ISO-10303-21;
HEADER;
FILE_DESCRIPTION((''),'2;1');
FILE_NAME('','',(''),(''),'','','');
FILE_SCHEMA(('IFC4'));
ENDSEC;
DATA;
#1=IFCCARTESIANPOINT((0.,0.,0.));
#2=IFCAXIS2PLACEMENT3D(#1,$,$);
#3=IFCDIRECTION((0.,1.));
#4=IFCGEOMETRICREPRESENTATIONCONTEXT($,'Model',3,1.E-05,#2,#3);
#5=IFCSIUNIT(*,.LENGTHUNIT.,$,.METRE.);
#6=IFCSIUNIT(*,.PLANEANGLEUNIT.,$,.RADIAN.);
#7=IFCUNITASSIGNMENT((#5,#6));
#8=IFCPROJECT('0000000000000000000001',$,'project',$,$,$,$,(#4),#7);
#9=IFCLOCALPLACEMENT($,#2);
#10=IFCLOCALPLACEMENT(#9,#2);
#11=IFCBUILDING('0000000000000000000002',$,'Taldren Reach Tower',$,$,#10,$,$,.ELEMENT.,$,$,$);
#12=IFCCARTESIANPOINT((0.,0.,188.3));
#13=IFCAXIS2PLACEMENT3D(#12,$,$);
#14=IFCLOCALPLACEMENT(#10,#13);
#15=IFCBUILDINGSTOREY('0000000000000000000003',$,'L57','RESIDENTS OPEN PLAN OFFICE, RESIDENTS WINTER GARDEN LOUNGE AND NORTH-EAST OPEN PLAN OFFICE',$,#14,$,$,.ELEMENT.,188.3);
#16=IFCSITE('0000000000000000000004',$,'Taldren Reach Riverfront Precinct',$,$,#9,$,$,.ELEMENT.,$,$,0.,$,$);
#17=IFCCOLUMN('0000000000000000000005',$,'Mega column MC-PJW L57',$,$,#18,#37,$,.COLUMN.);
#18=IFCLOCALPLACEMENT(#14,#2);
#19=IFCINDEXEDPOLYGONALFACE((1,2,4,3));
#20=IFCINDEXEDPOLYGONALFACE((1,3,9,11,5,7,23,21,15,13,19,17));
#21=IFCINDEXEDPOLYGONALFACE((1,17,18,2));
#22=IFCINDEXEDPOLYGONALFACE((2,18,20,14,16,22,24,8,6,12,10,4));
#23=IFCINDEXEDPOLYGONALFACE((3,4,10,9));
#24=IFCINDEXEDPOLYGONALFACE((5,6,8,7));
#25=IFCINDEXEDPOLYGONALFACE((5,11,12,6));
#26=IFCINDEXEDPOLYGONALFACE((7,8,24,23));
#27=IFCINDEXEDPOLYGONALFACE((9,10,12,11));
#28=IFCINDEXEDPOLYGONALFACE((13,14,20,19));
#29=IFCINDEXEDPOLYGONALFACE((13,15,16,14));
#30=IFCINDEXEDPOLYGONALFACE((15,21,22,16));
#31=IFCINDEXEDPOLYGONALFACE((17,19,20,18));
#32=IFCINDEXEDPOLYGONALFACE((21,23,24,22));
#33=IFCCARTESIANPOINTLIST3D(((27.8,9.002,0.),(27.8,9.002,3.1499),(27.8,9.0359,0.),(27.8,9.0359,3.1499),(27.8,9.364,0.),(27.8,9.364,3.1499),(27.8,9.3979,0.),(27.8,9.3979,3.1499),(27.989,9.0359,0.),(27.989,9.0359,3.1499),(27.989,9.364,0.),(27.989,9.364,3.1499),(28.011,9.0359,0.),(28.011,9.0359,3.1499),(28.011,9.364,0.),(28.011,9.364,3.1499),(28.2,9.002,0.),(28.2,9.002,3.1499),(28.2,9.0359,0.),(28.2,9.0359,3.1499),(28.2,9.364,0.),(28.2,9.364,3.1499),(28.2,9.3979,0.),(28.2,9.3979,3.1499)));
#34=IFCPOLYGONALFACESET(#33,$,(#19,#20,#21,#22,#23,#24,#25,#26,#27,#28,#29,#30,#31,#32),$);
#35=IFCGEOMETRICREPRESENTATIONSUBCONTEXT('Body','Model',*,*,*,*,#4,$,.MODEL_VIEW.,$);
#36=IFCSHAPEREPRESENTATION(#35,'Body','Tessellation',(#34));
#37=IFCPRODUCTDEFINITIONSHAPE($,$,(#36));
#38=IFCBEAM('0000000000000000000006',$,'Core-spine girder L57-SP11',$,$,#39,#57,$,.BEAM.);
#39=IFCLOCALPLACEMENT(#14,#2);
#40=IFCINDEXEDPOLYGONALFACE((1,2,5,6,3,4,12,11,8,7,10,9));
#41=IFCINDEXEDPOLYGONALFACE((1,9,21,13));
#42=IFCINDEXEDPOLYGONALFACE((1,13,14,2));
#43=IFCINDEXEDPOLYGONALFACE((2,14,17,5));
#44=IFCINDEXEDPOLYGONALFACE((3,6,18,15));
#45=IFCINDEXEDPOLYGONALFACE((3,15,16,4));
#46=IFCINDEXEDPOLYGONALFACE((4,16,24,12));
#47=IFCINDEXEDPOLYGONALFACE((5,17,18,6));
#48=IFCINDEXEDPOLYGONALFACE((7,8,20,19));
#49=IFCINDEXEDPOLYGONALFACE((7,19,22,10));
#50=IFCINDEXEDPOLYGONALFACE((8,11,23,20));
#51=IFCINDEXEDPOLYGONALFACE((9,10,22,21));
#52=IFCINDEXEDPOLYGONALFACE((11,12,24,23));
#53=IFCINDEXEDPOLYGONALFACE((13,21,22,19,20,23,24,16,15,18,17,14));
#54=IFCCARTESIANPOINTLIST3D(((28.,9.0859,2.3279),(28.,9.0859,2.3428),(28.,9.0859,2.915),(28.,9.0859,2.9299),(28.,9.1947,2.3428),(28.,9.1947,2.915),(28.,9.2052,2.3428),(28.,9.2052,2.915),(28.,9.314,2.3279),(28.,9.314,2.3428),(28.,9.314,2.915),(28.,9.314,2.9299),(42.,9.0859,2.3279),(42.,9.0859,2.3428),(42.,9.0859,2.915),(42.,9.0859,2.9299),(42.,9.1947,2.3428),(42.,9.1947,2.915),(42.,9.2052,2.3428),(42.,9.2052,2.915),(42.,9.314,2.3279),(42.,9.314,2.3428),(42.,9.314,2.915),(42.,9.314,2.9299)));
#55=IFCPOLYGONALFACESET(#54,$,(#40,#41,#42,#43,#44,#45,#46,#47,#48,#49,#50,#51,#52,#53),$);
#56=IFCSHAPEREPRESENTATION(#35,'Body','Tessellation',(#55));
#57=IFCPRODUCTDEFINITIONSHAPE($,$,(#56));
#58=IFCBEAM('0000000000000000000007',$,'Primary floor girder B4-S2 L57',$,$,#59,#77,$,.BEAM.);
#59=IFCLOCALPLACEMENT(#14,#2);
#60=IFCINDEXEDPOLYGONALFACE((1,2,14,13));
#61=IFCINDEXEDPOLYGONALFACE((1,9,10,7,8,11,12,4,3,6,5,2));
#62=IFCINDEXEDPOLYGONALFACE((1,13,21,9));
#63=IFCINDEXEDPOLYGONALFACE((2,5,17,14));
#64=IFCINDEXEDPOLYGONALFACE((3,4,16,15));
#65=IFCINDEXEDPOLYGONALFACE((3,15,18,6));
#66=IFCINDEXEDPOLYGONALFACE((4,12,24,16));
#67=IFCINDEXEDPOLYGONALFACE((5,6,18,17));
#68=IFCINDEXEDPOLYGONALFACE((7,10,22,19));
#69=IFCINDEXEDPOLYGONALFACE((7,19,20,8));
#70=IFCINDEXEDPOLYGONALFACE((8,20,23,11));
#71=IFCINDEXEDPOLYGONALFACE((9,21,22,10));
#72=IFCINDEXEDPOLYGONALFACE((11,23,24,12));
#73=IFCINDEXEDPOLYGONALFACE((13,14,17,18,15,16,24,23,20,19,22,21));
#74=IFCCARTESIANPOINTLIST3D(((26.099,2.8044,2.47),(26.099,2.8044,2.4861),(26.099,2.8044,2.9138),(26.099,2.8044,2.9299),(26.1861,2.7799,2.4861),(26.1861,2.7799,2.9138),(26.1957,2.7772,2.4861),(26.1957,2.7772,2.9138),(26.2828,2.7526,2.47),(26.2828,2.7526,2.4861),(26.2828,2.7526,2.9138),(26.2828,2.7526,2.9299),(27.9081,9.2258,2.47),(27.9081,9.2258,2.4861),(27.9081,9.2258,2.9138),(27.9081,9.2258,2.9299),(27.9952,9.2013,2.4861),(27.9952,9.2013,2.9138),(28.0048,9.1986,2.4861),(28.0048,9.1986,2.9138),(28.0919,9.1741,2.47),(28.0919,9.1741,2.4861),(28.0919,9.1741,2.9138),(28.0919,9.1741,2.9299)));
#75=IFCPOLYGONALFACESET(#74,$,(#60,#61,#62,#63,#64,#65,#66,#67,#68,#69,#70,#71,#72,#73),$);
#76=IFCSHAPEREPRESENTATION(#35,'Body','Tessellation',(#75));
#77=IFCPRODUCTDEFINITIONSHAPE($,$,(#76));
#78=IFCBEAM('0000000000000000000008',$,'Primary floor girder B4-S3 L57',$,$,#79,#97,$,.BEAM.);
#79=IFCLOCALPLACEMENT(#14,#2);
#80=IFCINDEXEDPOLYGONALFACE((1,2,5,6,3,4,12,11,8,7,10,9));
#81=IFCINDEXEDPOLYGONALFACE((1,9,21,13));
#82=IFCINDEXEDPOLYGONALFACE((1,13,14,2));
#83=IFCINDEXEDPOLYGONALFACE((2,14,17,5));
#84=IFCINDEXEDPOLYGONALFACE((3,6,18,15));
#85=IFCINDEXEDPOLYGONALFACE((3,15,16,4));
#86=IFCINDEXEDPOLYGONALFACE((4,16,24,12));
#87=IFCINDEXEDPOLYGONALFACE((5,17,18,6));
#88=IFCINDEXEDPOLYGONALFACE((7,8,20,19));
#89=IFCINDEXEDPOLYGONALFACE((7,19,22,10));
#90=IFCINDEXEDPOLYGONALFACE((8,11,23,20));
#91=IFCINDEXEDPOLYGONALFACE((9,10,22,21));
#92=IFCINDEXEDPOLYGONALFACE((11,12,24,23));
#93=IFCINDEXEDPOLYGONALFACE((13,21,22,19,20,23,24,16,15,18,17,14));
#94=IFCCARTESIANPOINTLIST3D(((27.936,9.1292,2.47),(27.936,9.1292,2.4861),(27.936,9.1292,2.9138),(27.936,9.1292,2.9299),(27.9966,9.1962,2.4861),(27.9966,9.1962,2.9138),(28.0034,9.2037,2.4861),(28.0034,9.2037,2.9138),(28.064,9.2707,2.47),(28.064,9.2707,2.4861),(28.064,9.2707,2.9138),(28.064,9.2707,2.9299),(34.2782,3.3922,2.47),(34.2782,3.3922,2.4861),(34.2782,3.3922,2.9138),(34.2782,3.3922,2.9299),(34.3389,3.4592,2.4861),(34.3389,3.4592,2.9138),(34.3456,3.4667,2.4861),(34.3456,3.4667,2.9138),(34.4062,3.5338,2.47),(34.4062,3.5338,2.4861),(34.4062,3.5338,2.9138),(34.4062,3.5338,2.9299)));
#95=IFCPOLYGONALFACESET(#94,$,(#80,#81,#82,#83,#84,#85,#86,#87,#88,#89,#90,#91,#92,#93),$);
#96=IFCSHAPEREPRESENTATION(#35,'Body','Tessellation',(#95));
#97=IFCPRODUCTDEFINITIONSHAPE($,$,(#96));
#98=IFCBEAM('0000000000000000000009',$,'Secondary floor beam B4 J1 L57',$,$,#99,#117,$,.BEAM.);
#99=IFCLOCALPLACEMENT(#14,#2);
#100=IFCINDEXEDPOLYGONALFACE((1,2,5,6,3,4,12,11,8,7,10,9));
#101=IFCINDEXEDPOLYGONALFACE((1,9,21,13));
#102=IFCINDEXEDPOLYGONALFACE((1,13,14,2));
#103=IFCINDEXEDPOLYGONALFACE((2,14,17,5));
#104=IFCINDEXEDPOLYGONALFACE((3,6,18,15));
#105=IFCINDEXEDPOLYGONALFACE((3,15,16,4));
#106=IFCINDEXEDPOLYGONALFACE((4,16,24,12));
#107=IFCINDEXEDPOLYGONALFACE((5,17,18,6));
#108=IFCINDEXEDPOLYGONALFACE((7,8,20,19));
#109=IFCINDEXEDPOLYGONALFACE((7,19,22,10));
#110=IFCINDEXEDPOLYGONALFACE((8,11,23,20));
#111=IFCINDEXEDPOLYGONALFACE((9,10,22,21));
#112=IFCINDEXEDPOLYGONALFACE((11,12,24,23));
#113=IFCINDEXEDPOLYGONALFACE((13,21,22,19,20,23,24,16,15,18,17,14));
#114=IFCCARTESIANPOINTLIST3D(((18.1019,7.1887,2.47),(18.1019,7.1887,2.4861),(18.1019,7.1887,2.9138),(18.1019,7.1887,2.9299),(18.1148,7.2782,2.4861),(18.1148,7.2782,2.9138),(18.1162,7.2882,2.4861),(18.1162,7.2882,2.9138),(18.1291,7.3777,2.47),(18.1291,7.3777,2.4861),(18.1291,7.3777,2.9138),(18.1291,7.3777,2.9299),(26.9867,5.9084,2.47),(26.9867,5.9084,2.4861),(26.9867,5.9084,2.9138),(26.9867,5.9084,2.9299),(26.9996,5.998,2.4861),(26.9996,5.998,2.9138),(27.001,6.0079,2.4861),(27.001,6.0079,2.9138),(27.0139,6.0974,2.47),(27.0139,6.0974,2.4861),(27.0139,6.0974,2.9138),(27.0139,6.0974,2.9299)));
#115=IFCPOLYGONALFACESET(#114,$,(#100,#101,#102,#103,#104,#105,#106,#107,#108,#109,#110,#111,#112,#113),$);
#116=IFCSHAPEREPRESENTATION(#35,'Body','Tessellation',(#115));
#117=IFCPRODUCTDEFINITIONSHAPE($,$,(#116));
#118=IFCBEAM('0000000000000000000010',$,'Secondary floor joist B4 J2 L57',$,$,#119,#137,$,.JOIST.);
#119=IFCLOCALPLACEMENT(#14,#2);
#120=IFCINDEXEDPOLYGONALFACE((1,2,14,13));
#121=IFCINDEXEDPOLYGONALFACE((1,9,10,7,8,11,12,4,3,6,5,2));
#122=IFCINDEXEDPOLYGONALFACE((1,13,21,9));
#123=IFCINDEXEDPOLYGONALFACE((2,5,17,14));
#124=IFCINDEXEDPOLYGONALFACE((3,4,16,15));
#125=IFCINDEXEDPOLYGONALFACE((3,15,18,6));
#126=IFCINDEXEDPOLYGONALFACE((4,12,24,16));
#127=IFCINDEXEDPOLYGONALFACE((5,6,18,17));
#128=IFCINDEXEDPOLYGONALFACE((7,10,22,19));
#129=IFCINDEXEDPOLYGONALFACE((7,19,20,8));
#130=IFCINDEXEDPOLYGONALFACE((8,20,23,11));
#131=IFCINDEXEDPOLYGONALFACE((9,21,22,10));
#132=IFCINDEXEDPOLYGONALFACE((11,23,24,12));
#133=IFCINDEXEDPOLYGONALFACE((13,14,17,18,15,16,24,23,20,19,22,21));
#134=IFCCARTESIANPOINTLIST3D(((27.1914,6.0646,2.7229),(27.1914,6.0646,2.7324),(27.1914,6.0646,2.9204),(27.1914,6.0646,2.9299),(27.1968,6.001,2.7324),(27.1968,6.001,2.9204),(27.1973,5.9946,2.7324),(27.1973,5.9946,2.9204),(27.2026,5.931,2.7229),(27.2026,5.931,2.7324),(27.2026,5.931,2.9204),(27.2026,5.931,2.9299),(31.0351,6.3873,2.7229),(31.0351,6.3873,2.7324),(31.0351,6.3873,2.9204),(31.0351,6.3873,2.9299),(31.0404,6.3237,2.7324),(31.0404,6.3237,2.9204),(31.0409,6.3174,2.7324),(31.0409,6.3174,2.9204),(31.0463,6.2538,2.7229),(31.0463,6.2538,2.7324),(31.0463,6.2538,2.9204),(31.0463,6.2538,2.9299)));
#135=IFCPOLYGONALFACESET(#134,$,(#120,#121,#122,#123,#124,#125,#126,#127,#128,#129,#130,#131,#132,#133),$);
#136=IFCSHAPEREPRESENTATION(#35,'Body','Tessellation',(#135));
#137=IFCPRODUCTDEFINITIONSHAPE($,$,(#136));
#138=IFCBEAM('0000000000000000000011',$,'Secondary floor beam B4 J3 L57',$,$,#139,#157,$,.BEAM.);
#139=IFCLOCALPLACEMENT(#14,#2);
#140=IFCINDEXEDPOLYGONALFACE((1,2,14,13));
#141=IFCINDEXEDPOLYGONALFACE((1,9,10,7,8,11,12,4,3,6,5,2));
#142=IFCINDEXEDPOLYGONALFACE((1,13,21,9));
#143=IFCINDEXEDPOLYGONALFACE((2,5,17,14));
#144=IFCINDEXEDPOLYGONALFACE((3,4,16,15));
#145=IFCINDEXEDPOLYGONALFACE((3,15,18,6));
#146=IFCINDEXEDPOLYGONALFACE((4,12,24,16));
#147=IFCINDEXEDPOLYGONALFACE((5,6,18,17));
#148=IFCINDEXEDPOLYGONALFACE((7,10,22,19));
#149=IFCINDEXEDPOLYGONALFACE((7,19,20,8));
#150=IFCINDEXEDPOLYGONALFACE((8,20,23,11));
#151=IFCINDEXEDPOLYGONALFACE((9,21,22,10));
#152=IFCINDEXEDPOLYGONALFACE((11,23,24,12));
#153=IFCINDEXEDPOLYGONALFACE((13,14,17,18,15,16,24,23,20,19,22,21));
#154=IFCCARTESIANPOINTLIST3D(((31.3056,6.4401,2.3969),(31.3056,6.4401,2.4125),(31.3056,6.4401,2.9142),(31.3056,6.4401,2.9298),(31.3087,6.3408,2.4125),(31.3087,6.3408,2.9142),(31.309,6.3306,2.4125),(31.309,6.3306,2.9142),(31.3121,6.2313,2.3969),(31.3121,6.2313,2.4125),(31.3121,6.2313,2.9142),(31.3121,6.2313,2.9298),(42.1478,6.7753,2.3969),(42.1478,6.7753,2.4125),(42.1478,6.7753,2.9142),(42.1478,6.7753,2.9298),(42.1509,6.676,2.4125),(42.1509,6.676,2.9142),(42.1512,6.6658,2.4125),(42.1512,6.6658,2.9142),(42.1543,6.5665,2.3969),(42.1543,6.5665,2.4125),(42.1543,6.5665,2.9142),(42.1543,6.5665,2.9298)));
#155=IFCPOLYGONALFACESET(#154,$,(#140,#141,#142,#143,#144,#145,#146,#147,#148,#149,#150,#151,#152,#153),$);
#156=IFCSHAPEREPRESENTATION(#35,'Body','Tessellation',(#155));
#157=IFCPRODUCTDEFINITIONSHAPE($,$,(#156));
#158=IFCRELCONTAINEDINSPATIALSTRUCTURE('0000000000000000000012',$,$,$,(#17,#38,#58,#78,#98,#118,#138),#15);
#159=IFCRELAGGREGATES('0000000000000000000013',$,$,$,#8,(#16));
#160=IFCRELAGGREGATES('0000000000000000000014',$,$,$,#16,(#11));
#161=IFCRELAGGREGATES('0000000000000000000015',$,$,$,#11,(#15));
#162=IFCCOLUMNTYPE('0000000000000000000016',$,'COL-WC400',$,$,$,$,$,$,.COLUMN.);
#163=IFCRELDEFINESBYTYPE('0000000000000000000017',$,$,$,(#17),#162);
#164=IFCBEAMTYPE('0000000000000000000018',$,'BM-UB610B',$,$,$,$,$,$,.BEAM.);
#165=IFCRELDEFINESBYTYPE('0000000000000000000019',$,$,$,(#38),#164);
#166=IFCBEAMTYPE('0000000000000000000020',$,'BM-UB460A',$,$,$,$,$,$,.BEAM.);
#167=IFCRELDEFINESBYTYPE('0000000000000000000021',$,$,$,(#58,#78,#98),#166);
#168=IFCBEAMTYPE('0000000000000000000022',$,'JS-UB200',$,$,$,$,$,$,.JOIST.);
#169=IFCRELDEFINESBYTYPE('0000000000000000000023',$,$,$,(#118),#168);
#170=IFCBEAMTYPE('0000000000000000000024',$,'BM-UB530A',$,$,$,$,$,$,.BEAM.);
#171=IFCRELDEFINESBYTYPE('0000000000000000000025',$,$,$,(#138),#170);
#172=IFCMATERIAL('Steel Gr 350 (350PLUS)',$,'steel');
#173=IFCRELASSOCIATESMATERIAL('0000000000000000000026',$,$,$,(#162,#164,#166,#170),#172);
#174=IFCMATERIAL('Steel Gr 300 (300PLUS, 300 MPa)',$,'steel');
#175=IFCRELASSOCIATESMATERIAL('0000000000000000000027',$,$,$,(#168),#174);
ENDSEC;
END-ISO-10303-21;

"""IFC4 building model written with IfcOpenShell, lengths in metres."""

from ifc_helpers import new_model, si_unit, direction, frame, origin, origin_2d, place, context, subcontext, project, spatial, i_section, extrude, source, transform, mapped, material, material_profile, profile_set, type_object, element, save


model = new_model("IFC4")

# Units and contexts
model_context = context("Model", 3, precision=1e-05, world=origin(), true_north=direction((0.0, 1.0)))
body_context = subcontext(model_context, "Body", "Model", "MODEL_VIEW")
ifc_project = project(units=[si_unit("LENGTHUNIT", "METRE"), si_unit("PLANEANGLEUNIT", "RADIAN")], contexts=[model_context])

# Site, building, storey
site_placement = place(None, origin())
site = spatial("IfcSite", under=ifc_project, at=site_placement, Name="Taldren Reach Riverfront Precinct", CompositionType="ELEMENT", RefElevation=0.0)
building_placement = place(site_placement, origin())
building = spatial("IfcBuilding", under=site, at=building_placement, Name="Taldren Reach Tower", CompositionType="ELEMENT")
storey_placement = place(building_placement, frame((0.0, 0.0, 188.3)))
storey = spatial("IfcBuildingStorey", under=building, at=storey_placement, Name="L57", Description="RESIDENTS OPEN PLAN OFFICE, RESIDENTS WINTER GARDEN LOUNGE AND NORTH-EAST OPEN PLAN OFFICE", CompositionType="ELEMENT", Elevation=188.3)

# Column
ifc_material_1 = material(Name="Steel Gr 350 (350PLUS)", Category="steel")
ifc_material_profile_1 = material_profile(ifc_material_1, i_section(OverallWidth=0.3999, OverallDepth=0.396, WebThickness=0.022, FlangeThickness=0.0339, at=origin_2d()), Name="400WC270")
ifc_profile_set_1 = profile_set([ifc_material_profile_1], Name="Steel Gr 350 (350PLUS)")
column_type = type_object("IfcColumnType", Name="COL-WC400", PredefinedType="COLUMN", material=ifc_profile_set_1)
shared_shape_1 = source(origin(), body_context, "Body", "SweptSolid", [
    extrude(i_section(OverallWidth=0.3999, OverallDepth=0.396, WebThickness=0.022, FlangeThickness=0.0339, at=origin_2d()), origin(), (0.0, 0.0, 1.0), 3.1499),
])
column_placement = place(storey_placement, frame((28.0, 9.2, 0.0), z_axis=(0.0, 0.0, 1.0), x_axis=(1.0, 0.0, 0.0)))
element("IfcColumn", 1, at=column_placement, inside=storey, type_object=column_type, Name="Mega column MC-PJW L57", PredefinedType="COLUMN", context=body_context, shape_type="MappedRepresentation", body=[
    mapped(shared_shape_1, transform((0.0, 0.0, 0.0), scale=1.0)),
])

# Beams
ifc_material_profile_2 = material_profile(ifc_material_1, i_section(OverallWidth=0.228, OverallDepth=0.6021, WebThickness=0.0105, FlangeThickness=0.0149, at=origin_2d()), Name="610UB101")
ifc_profile_set_2 = profile_set([ifc_material_profile_2], Name="Steel Gr 350 (350PLUS)")
beam_type_1 = type_object("IfcBeamType", Name="BM-UB610B", PredefinedType="BEAM", material=ifc_profile_set_2)
shared_shape_2 = source(origin(), body_context, "Body", "SweptSolid", [
    extrude(i_section(OverallWidth=0.228, OverallDepth=0.6021, WebThickness=0.0105, FlangeThickness=0.0149, at=origin_2d()), origin(), (0.0, 0.0, 1.0), 14.0),
])
beam_1_placement = place(storey_placement, frame((28.0, 9.2, 2.6289), z_axis=(1.0, 0.0, 0.0), x_axis=(0.0, 1.0, 0.0)))
element("IfcBeam", 2, at=beam_1_placement, inside=storey, type_object=beam_type_1, Name="Core-spine girder L57-SP11", PredefinedType="BEAM", context=body_context, shape_type="MappedRepresentation", body=[
    mapped(shared_shape_2, transform((0.0, 0.0, 0.0), scale=1.0)),
])
ifc_material_profile_3 = material_profile(ifc_material_1, i_section(OverallWidth=0.1909, OverallDepth=0.46, WebThickness=0.01, FlangeThickness=0.0161, at=origin_2d()), Name="460UB82.1")
ifc_profile_set_3 = profile_set([ifc_material_profile_3], Name="Steel Gr 350 (350PLUS)")
beam_type_2 = type_object("IfcBeamType", Name="BM-UB460A", PredefinedType="BEAM", material=ifc_profile_set_3)
shared_shape_3 = source(origin(), body_context, "Body", "SweptSolid", [
    extrude(i_section(OverallWidth=0.1909, OverallDepth=0.46, WebThickness=0.01, FlangeThickness=0.0161, at=origin_2d()), origin(), (0.0, 0.0, 1.0), 6.6714),
])
beam_2_placement = place(storey_placement, frame((28.0, 9.2, 2.7), z_axis=(-0.271172, -0.962531, 0.0), x_axis=(0.962531, -0.271172, 0.0)))
element("IfcBeam", 3, at=beam_2_placement, inside=storey, type_object=beam_type_2, Name="Primary floor girder B4-S2 L57", PredefinedType="BEAM", context=body_context, shape_type="MappedRepresentation", body=[
    mapped(shared_shape_3, transform((0.0, 0.0, 0.0), scale=1.0)),
])
shared_shape_4 = source(origin(), body_context, "Body", "SweptSolid", [
    extrude(i_section(OverallWidth=0.1909, OverallDepth=0.46, WebThickness=0.01, FlangeThickness=0.0161, at=origin_2d()), origin(), (0.0, 0.0, 1.0), 8.552),
])
beam_3_placement = place(storey_placement, frame((28.0, 9.2, 2.7), z_axis=(0.741605, -0.670836, 0.0), x_axis=(0.670836, 0.741605, 0.0)))
element("IfcBeam", 4, at=beam_3_placement, inside=storey, type_object=beam_type_2, Name="Primary floor girder B4-S3 L57", PredefinedType="BEAM", context=body_context, shape_type="MappedRepresentation", body=[
    mapped(shared_shape_4, transform((0.0, 0.0, 0.0), scale=1.0)),
])
shared_shape_5 = source(origin(), body_context, "Body", "SweptSolid", [
    extrude(i_section(OverallWidth=0.1909, OverallDepth=0.46, WebThickness=0.01, FlangeThickness=0.0161, at=origin_2d()), origin(), (0.0, 0.0, 1.0), 8.9766),
])
beam_4_placement = place(storey_placement, frame((18.1155, 7.2832, 2.7), z_axis=(0.989777, -0.142624, 0.0), x_axis=(0.142624, 0.989777, 0.0)))
element("IfcBeam", 5, at=beam_4_placement, inside=storey, type_object=beam_type_2, Name="Secondary floor beam B4 J1 L57", PredefinedType="BEAM", context=body_context, shape_type="MappedRepresentation", body=[
    mapped(shared_shape_5, transform((0.0, 0.0, 0.0), scale=1.0)),
])
ifc_material_2 = material(Name="Steel Gr 300 (300PLUS, 300 MPa)", Category="steel")
ifc_material_profile_4 = material_profile(ifc_material_2, i_section(OverallWidth=0.134, OverallDepth=0.207, WebThickness=0.0063, FlangeThickness=0.0095, at=origin_2d()), Name="200UB29.8")
ifc_profile_set_4 = profile_set([ifc_material_profile_4], Name="Steel Gr 300 (300PLUS, 300 MPa)")
beam_type_3 = type_object("IfcBeamType", Name="JS-UB200", PredefinedType="JOIST", material=ifc_profile_set_4)
shared_shape_6 = source(origin(), body_context, "Body", "SweptSolid", [
    extrude(i_section(OverallWidth=0.134, OverallDepth=0.207, WebThickness=0.0063, FlangeThickness=0.0095, at=origin_2d()), origin(), (0.0, 0.0, 1.0), 3.8572),
])
beam_5_placement = place(storey_placement, frame((27.197, 5.9978, 2.8264), z_axis=(0.996493, 0.083674, 0.0), x_axis=(-0.083674, 0.996493, 0.0)))
element("IfcBeam", 6, at=beam_5_placement, inside=storey, type_object=beam_type_3, Name="Secondary floor joist B4 J2 L57", PredefinedType="JOIST", context=body_context, shape_type="MappedRepresentation", body=[
    mapped(shared_shape_6, transform((0.0, 0.0, 0.0), scale=1.0)),
])
ifc_material_profile_5 = material_profile(ifc_material_1, i_section(OverallWidth=0.209, OverallDepth=0.533, WebThickness=0.0103, FlangeThickness=0.0156, at=origin_2d()), Name="530UB92.4")
ifc_profile_set_5 = profile_set([ifc_material_profile_5], Name="Steel Gr 350 (350PLUS)")
beam_type_4 = type_object("IfcBeamType", Name="BM-UB530A", PredefinedType="BEAM", material=ifc_profile_set_5)
shared_shape_7 = source(origin(), body_context, "Body", "SweptSolid", [
    extrude(i_section(OverallWidth=0.209, OverallDepth=0.533, WebThickness=0.0103, FlangeThickness=0.0156, at=origin_2d()), origin(), (0.0, 0.0, 1.0), 10.8474),
])
beam_6_placement = place(storey_placement, frame((31.3088, 6.3357, 2.6633), z_axis=(0.999522, 0.030902, 0.0), x_axis=(-0.030902, 0.999522, 0.0)))
element("IfcBeam", 7, at=beam_6_placement, inside=storey, type_object=beam_type_4, Name="Secondary floor beam B4 J3 L57", PredefinedType="BEAM", context=body_context, shape_type="MappedRepresentation", body=[
    mapped(shared_shape_7, transform((0.0, 0.0, 0.0), scale=1.0)),
])

save(model, "model.ifc")
